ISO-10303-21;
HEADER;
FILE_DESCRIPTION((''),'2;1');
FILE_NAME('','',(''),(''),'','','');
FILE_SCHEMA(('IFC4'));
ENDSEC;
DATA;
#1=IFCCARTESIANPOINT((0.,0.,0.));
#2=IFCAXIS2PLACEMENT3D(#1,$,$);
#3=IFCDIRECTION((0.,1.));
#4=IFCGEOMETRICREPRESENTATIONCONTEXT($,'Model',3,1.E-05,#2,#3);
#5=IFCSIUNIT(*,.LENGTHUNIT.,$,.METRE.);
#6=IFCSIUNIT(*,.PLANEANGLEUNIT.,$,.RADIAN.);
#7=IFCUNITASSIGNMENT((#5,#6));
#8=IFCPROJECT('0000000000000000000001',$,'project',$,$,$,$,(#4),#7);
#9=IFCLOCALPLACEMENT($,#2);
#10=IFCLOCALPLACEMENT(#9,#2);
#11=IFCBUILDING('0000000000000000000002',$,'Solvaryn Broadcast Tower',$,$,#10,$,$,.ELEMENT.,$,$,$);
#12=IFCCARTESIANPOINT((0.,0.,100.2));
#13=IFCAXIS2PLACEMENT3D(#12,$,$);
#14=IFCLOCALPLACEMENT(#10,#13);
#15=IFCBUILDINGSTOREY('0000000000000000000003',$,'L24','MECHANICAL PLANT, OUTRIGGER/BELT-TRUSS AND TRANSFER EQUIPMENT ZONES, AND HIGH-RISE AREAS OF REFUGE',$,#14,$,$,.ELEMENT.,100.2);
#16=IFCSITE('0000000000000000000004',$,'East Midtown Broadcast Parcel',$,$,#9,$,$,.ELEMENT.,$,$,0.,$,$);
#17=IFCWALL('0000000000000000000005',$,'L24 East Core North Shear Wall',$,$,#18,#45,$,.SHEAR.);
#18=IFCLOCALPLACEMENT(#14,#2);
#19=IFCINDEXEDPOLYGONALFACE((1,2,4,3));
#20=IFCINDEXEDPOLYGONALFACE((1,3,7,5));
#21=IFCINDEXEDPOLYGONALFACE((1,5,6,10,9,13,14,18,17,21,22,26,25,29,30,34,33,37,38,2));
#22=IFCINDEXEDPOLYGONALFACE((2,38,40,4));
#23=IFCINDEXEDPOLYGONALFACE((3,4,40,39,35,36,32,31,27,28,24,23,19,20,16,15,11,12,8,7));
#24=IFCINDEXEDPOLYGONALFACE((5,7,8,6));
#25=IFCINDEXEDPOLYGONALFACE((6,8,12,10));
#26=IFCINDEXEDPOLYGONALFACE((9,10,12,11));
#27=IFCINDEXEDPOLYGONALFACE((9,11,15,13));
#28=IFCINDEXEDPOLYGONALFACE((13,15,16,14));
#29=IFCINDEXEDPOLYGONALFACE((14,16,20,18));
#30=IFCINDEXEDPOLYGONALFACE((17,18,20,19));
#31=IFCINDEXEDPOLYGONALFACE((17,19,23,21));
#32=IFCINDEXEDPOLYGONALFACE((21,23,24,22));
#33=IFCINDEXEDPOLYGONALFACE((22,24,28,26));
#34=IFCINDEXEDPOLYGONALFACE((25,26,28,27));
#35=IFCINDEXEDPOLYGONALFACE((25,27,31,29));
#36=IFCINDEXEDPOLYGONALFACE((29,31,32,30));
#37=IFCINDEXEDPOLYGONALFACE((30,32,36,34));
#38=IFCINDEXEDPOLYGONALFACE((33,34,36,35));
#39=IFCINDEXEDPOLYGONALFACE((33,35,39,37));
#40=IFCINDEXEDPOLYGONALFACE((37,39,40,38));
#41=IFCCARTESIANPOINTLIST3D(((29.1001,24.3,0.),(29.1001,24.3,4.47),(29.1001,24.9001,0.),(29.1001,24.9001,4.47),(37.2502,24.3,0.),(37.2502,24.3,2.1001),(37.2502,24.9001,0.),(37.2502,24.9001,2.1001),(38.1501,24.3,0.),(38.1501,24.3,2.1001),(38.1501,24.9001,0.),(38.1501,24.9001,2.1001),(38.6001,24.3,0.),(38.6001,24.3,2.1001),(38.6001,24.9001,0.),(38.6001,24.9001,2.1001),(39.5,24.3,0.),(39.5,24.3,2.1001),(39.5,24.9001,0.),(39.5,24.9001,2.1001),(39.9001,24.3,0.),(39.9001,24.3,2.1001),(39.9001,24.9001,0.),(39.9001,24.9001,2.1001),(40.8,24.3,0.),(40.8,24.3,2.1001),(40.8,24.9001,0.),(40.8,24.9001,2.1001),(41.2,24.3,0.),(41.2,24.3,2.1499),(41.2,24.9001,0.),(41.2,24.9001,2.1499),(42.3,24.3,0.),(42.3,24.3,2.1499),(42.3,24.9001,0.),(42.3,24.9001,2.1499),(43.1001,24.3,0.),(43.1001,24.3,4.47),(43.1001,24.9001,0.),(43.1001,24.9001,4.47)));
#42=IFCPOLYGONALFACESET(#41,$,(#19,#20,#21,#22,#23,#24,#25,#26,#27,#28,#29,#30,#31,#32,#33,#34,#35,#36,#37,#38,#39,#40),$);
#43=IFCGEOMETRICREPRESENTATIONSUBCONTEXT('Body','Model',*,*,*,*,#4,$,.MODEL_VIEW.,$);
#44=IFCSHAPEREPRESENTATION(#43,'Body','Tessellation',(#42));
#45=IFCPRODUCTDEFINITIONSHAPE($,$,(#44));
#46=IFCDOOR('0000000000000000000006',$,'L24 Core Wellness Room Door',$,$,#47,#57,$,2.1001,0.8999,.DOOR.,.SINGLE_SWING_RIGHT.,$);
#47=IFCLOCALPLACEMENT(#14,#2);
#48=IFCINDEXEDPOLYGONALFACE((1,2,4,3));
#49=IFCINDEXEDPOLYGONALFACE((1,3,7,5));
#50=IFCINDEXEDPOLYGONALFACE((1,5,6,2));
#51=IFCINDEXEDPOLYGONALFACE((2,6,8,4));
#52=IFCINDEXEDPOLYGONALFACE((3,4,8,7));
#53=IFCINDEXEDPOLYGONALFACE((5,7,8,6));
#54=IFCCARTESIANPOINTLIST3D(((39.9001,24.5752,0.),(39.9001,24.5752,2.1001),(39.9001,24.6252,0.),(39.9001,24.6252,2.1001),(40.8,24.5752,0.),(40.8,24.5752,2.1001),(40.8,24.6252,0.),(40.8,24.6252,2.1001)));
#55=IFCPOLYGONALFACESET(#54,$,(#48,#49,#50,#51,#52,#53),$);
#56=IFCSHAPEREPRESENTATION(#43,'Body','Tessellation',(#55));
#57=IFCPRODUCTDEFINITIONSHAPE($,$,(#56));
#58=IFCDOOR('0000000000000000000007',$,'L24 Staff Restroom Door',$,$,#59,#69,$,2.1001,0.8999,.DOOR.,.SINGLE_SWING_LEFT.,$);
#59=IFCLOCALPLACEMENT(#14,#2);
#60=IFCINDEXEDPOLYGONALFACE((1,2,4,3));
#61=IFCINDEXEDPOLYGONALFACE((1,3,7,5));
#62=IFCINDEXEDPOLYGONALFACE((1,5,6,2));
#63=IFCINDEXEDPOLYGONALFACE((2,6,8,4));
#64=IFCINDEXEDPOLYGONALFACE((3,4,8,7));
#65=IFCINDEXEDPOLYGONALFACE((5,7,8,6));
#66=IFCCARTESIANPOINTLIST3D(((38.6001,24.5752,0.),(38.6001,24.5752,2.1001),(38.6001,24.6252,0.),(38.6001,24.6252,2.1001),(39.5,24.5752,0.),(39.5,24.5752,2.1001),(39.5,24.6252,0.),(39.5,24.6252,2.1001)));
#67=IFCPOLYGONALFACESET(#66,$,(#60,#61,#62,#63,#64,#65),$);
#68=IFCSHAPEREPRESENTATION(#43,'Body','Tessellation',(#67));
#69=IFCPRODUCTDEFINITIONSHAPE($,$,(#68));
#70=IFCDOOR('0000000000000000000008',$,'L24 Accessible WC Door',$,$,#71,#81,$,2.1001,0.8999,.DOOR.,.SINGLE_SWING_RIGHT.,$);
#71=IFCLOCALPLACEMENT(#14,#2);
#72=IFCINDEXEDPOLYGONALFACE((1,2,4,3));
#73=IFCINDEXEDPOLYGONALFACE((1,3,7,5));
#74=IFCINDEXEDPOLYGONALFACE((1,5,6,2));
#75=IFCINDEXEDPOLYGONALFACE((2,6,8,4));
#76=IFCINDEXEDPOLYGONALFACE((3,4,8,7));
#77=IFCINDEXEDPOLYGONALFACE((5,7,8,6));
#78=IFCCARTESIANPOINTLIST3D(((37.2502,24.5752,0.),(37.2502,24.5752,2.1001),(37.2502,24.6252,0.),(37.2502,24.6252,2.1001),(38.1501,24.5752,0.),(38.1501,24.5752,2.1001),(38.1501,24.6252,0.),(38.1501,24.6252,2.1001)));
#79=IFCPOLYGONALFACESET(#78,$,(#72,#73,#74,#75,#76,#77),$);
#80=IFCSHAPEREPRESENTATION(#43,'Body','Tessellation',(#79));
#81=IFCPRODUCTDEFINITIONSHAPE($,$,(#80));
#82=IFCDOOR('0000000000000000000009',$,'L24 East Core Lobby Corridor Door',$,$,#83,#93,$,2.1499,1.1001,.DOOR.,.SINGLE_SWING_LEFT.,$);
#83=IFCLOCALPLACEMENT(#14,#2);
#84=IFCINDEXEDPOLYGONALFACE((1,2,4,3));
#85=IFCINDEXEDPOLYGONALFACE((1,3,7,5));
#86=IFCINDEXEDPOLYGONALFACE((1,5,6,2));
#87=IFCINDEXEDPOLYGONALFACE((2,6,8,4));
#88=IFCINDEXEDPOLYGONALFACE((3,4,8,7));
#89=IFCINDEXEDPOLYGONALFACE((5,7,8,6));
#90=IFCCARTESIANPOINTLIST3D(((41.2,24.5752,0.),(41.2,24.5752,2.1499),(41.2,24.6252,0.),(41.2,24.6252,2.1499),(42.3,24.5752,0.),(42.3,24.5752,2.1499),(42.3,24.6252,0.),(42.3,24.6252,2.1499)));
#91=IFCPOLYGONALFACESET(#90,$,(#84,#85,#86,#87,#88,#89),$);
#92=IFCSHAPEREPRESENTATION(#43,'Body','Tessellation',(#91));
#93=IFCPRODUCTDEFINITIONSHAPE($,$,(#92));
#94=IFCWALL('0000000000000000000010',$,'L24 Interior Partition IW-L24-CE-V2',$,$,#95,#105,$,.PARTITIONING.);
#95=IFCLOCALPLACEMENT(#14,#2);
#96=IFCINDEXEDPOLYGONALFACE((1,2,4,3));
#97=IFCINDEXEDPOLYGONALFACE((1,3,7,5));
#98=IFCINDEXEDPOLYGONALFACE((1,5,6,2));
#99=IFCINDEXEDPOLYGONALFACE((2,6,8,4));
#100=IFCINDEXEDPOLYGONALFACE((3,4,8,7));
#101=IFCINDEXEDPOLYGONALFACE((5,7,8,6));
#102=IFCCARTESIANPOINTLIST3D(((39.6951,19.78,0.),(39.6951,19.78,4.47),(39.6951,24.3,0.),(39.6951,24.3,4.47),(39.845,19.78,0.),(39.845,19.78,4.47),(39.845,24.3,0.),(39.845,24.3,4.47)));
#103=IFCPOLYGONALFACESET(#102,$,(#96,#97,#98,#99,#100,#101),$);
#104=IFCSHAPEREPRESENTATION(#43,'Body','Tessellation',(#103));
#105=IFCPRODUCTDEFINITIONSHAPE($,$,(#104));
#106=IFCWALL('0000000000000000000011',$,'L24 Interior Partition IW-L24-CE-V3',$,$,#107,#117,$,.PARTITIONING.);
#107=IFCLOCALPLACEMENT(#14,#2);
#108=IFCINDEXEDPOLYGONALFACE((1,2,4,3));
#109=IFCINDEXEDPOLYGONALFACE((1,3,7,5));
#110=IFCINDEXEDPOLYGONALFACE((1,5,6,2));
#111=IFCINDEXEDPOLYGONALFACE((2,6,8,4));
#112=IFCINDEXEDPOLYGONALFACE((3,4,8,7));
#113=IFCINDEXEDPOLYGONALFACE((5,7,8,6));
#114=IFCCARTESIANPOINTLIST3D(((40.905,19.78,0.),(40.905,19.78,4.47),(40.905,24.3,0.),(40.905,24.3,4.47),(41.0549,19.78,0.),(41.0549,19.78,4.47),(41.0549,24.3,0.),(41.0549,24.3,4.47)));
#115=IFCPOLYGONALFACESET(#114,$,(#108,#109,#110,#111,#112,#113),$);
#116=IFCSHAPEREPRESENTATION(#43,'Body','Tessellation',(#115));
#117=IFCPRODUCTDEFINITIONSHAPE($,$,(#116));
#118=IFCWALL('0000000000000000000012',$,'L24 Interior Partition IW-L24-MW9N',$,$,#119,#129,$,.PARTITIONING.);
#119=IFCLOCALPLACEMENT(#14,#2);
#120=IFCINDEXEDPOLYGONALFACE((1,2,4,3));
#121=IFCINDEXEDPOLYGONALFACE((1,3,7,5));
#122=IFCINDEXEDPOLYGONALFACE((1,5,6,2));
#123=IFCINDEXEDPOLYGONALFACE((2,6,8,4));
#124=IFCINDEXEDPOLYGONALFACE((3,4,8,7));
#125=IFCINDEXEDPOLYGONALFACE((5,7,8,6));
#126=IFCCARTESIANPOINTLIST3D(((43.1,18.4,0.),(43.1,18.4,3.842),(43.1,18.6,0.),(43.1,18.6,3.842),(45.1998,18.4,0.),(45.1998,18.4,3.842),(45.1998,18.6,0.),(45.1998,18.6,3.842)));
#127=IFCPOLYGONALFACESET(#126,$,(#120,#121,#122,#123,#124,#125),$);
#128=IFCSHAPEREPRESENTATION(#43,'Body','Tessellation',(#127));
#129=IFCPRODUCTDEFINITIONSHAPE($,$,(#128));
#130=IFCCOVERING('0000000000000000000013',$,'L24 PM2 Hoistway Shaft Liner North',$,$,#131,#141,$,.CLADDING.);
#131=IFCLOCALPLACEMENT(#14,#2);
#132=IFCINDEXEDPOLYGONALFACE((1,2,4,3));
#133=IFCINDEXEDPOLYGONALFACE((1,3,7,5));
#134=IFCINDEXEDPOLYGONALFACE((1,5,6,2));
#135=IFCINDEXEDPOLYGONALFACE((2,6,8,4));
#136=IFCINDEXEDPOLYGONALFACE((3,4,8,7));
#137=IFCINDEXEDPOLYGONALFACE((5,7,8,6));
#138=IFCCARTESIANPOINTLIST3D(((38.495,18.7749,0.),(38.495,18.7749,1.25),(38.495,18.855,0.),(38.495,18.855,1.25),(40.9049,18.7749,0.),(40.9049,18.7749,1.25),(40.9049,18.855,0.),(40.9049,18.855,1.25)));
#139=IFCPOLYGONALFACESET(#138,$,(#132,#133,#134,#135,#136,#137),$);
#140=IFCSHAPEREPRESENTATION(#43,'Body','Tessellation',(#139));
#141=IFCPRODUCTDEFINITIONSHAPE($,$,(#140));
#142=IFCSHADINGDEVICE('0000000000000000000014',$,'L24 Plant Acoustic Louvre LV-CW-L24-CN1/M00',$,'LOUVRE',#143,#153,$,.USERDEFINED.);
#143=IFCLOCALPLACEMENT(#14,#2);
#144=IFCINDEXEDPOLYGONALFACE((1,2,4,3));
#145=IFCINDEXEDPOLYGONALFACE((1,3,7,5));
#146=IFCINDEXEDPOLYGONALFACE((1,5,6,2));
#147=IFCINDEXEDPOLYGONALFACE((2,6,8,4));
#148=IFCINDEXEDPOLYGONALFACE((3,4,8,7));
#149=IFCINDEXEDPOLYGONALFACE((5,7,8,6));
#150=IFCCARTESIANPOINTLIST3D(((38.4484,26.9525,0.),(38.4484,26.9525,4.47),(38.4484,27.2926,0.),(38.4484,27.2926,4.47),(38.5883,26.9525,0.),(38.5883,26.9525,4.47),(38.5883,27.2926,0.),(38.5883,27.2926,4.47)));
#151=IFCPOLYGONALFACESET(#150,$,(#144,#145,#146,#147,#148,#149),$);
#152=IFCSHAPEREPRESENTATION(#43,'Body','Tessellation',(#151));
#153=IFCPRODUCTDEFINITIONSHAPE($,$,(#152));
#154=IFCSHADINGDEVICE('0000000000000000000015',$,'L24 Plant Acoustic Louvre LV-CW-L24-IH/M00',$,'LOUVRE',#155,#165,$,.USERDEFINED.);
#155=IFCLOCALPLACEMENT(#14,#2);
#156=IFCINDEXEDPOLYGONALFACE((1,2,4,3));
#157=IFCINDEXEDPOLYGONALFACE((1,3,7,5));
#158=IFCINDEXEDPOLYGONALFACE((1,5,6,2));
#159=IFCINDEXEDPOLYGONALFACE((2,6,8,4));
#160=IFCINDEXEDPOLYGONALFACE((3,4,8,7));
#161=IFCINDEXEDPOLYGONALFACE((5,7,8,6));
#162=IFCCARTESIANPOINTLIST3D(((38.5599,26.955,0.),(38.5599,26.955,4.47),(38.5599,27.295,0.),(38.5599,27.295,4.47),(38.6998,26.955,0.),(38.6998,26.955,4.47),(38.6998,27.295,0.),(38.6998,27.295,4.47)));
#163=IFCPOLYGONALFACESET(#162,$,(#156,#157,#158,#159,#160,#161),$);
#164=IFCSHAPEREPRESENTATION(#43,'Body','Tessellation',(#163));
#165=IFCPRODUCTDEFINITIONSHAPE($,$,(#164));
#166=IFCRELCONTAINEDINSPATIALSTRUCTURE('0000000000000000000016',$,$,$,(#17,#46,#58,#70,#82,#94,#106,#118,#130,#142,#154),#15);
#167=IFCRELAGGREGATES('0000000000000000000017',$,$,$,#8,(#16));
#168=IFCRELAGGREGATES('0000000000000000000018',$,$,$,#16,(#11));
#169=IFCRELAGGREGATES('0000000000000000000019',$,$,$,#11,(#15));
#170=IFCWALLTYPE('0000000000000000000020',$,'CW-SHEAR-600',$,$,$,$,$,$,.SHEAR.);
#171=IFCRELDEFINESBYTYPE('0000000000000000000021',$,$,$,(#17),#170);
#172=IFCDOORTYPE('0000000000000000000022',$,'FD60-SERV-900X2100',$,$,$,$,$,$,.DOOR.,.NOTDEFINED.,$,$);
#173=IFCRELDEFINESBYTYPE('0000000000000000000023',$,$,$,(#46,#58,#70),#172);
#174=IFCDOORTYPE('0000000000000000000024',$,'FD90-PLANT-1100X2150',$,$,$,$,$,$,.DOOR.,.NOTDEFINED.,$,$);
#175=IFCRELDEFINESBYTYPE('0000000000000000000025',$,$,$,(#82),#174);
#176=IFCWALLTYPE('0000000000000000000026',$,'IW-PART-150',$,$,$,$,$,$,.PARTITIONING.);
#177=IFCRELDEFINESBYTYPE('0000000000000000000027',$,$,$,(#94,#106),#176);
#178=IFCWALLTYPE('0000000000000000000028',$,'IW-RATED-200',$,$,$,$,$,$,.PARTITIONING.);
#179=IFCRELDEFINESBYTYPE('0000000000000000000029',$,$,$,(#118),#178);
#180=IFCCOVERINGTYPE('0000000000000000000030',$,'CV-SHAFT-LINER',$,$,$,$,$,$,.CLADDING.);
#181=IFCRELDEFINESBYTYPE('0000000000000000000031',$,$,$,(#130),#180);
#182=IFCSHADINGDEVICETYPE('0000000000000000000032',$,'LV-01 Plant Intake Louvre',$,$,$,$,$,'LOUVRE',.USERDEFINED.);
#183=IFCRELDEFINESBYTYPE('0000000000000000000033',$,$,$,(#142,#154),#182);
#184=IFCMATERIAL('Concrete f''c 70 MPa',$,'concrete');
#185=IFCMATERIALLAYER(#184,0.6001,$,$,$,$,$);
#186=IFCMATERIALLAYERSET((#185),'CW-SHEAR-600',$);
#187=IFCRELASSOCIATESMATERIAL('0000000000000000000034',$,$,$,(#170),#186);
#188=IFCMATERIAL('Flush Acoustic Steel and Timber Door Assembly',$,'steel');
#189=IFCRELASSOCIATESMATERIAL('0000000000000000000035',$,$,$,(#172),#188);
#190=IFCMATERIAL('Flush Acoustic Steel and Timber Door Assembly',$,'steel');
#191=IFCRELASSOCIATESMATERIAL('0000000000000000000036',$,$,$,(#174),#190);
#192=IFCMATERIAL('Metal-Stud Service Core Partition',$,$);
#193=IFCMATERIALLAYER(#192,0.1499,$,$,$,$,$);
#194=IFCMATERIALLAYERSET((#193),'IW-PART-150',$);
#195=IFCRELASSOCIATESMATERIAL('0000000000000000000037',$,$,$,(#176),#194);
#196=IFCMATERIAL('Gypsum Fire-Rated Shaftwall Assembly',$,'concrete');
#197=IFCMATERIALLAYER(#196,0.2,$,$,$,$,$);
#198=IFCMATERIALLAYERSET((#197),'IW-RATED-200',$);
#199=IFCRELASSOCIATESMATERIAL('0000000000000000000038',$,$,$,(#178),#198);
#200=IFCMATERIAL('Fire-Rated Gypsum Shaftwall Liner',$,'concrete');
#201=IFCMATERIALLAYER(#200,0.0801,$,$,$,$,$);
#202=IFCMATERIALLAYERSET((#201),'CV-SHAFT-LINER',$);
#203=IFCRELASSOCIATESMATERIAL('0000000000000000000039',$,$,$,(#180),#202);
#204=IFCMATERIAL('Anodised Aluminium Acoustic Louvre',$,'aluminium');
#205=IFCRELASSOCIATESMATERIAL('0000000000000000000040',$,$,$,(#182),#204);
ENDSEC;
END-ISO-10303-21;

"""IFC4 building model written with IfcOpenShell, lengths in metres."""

from ifc_helpers import new_model, si_unit, direction, frame, frame_2d, origin, origin_2d, place, context, subcontext, project, spatial, rectangle, extrude, material, layer, layer_set, type_object, element, fill, save


model = new_model("IFC4")

# Units and contexts
model_context = context("Model", 3, precision=1e-05, world=origin(), true_north=direction((0.0, 1.0)))
body_context = subcontext(model_context, "Body", "Model", "MODEL_VIEW")
ifc_project = project(units=[si_unit("LENGTHUNIT", "METRE"), si_unit("PLANEANGLEUNIT", "RADIAN")], contexts=[model_context])

# Site, building, storey
site_placement = place(None, origin())
site = spatial("IfcSite", under=ifc_project, at=site_placement, Name="East Midtown Broadcast Parcel", CompositionType="ELEMENT", RefElevation=0.0)
building_placement = place(site_placement, origin())
building = spatial("IfcBuilding", under=site, at=building_placement, Name="Solvaryn Broadcast Tower", CompositionType="ELEMENT")
storey_placement = place(building_placement, frame((0.0, 0.0, 100.2)))
storey = spatial("IfcBuildingStorey", under=building, at=storey_placement, Name="L24", Description="MECHANICAL PLANT, OUTRIGGER/BELT-TRUSS AND TRANSFER EQUIPMENT ZONES, AND HIGH-RISE AREAS OF REFUGE", CompositionType="ELEMENT", Elevation=100.2)

# Wall, openings, doors
ifc_material_1 = material(Name="Concrete f'c 70 MPa", Category="concrete")
ifc_layer_1 = layer(ifc_material_1, 0.6001)
ifc_layer_set_1 = layer_set([ifc_layer_1], Name="CW-SHEAR-600")
wall_type_1 = type_object("IfcWallType", Name="CW-SHEAR-600", PredefinedType="SHEAR", material=ifc_layer_set_1)
wall_1_placement = place(storey_placement, frame((43.1001, 24.6001, 0.0), z_axis=(0.0, 0.0, 1.0), x_axis=(-1.0, 0.0, 0.0)))
wall_1 = element("IfcWall", 1, at=wall_1_placement, inside=storey, type_object=wall_type_1, Name="L24 East Core North Shear Wall", PredefinedType="SHEAR", context=body_context, shape_type="SweptSolid", body=[
    extrude(rectangle(XDim=14.0, YDim=0.6001, at=frame_2d((7.0, 0.0))), origin(), (0.0, 0.0, 1.0), 4.47),
])
opening_1_placement = place(wall_1_placement, frame((0.8, 0.0, 0.0)))
opening_1 = element("IfcOpeningElement", 2, at=opening_1_placement, cuts=wall_1, PredefinedType="OPENING", context=body_context, shape_type="SweptSolid", body=[
    extrude(rectangle(XDim=1.1001, YDim=2.1499, at=frame_2d((0.55, 1.075))), frame((0.0, 0.3101, 0.0), z_axis=(0.0, -1.0, 0.0), x_axis=(1.0, 0.0, 0.0)), (0.0, 0.0, 1.0), 0.6201),
])
opening_2_placement = place(wall_1_placement, frame((2.3, 0.0, 0.0)))
opening_2 = element("IfcOpeningElement", 3, at=opening_2_placement, cuts=wall_1, PredefinedType="OPENING", context=body_context, shape_type="SweptSolid", body=[
    extrude(rectangle(XDim=0.8999, YDim=2.1001, at=frame_2d((0.45, 1.05))), frame((0.0, 0.3101, 0.0), z_axis=(0.0, -1.0, 0.0), x_axis=(1.0, 0.0, 0.0)), (0.0, 0.0, 1.0), 0.6201),
])
opening_3_placement = place(wall_1_placement, frame((3.6001, 0.0, 0.0)))
opening_3 = element("IfcOpeningElement", 4, at=opening_3_placement, cuts=wall_1, PredefinedType="OPENING", context=body_context, shape_type="SweptSolid", body=[
    extrude(rectangle(XDim=0.8999, YDim=2.1001, at=frame_2d((0.45, 1.05))), frame((0.0, 0.3101, 0.0), z_axis=(0.0, -1.0, 0.0), x_axis=(1.0, 0.0, 0.0)), (0.0, 0.0, 1.0), 0.6201),
])
opening_4_placement = place(wall_1_placement, frame((4.95, 0.0, 0.0)))
opening_4 = element("IfcOpeningElement", 5, at=opening_4_placement, cuts=wall_1, PredefinedType="OPENING", context=body_context, shape_type="SweptSolid", body=[
    extrude(rectangle(XDim=0.8999, YDim=2.1001, at=frame_2d((0.45, 1.05))), frame((0.0, 0.3101, 0.0), z_axis=(0.0, -1.0, 0.0), x_axis=(1.0, 0.0, 0.0)), (0.0, 0.0, 1.0), 0.6201),
])
ifc_material_2 = material(Name="Flush Acoustic Steel and Timber Door Assembly", Category="steel")
door_type_1 = type_object("IfcDoorType", Name="FD60-SERV-900X2100", OperationType="NOTDEFINED", PredefinedType="DOOR", material=ifc_material_2)
door_1_placement = place(opening_2_placement, origin())
door_1 = element("IfcDoor", 6, at=door_1_placement, inside=storey, type_object=door_type_1, Name="L24 Core Wellness Room Door", OperationType="SINGLE_SWING_RIGHT", OverallHeight=2.1001, OverallWidth=0.8999, PredefinedType="DOOR", context=body_context, shape_type="SweptSolid", body=[
    extrude(rectangle(XDim=0.8999, YDim=2.1001, at=frame_2d((0.45, 1.05))), frame((0.0, 0.0249, 0.0), z_axis=(0.0, -1.0, 0.0), x_axis=(1.0, 0.0, 0.0)), (0.0, 0.0, 1.0), 0.05),
])
fill(opening_2, door_1)
door_2_placement = place(opening_3_placement, origin())
door_2 = element("IfcDoor", 7, at=door_2_placement, inside=storey, type_object=door_type_1, Name="L24 Staff Restroom Door", OperationType="SINGLE_SWING_LEFT", OverallHeight=2.1001, OverallWidth=0.8999, PredefinedType="DOOR", context=body_context, shape_type="SweptSolid", body=[
    extrude(rectangle(XDim=0.8999, YDim=2.1001, at=frame_2d((0.45, 1.05))), frame((0.0, 0.0249, 0.0), z_axis=(0.0, -1.0, 0.0), x_axis=(1.0, 0.0, 0.0)), (0.0, 0.0, 1.0), 0.05),
])
fill(opening_3, door_2)
door_3_placement = place(opening_4_placement, origin())
door_3 = element("IfcDoor", 8, at=door_3_placement, inside=storey, type_object=door_type_1, Name="L24 Accessible WC Door", OperationType="SINGLE_SWING_RIGHT", OverallHeight=2.1001, OverallWidth=0.8999, PredefinedType="DOOR", context=body_context, shape_type="SweptSolid", body=[
    extrude(rectangle(XDim=0.8999, YDim=2.1001, at=frame_2d((0.45, 1.05))), frame((0.0, 0.0249, 0.0), z_axis=(0.0, -1.0, 0.0), x_axis=(1.0, 0.0, 0.0)), (0.0, 0.0, 1.0), 0.05),
])
fill(opening_4, door_3)
ifc_material_3 = material(Name="Flush Acoustic Steel and Timber Door Assembly", Category="steel")
door_type_2 = type_object("IfcDoorType", Name="FD90-PLANT-1100X2150", OperationType="NOTDEFINED", PredefinedType="DOOR", material=ifc_material_3)
door_4_placement = place(opening_1_placement, origin())
door_4 = element("IfcDoor", 9, at=door_4_placement, inside=storey, type_object=door_type_2, Name="L24 East Core Lobby Corridor Door", OperationType="SINGLE_SWING_LEFT", OverallHeight=2.1499, OverallWidth=1.1001, PredefinedType="DOOR", context=body_context, shape_type="SweptSolid", body=[
    extrude(rectangle(XDim=1.1001, YDim=2.1499, at=frame_2d((0.55, 1.075))), frame((0.0, 0.0249, 0.0), z_axis=(0.0, -1.0, 0.0), x_axis=(1.0, 0.0, 0.0)), (0.0, 0.0, 1.0), 0.05),
])
fill(opening_1, door_4)

# Walls
ifc_material_4 = material(Name="Metal-Stud Service Core Partition")
ifc_layer_2 = layer(ifc_material_4, 0.1499)
ifc_layer_set_2 = layer_set([ifc_layer_2], Name="IW-PART-150")
wall_type_2 = type_object("IfcWallType", Name="IW-PART-150", PredefinedType="PARTITIONING", material=ifc_layer_set_2)
for number, where, z_axis, x_axis, name in (
    (10, (39.77, 19.78, 0.0), (0.0, 0.0, 1.0), (0.0, 1.0, 0.0), "L24 Interior Partition IW-L24-CE-V2"),
    (11, (40.98, 19.78, 0.0), (0.0, 0.0, 1.0), (0.0, 1.0, 0.0), "L24 Interior Partition IW-L24-CE-V3"),
):
    element("IfcWall", number, at=place(storey_placement, frame(where, z_axis=z_axis, x_axis=x_axis)), inside=storey, type_object=wall_type_2, Name=name, PredefinedType="PARTITIONING", context=body_context, shape_type="SweptSolid", body=[
        extrude(rectangle(XDim=4.52, YDim=0.1499, at=frame_2d((2.26, 0.0))), origin(), (0.0, 0.0, 1.0), 4.47),
    ])

# Shared definitions
ifc_material_5 = material(Name="Gypsum Fire-Rated Shaftwall Assembly", Category="concrete")
ifc_layer_3 = layer(ifc_material_5, 0.2)
ifc_layer_set_3 = layer_set([ifc_layer_3], Name="IW-RATED-200")
wall_type_3 = type_object("IfcWallType", Name="IW-RATED-200", PredefinedType="PARTITIONING", material=ifc_layer_set_3)

# Wall
wall_2_placement = place(storey_placement, frame((43.1001, 18.5, 0.0), z_axis=(0.0, 0.0, 1.0), x_axis=(1.0, 0.0, 0.0)))
element("IfcWall", 12, at=wall_2_placement, inside=storey, type_object=wall_type_3, Name="L24 Interior Partition IW-L24-MW9N", PredefinedType="PARTITIONING", context=body_context, shape_type="SweptSolid", body=[
    extrude(rectangle(XDim=2.0999, YDim=0.2, at=frame_2d((1.0498, 0.0))), origin(), (0.0, 0.0, 1.0), 3.842),
])

# Covering
ifc_material_6 = material(Name="Fire-Rated Gypsum Shaftwall Liner", Category="concrete")
ifc_layer_4 = layer(ifc_material_6, 0.0801)
ifc_layer_set_4 = layer_set([ifc_layer_4], Name="CV-SHAFT-LINER")
covering_type = type_object("IfcCoveringType", Name="CV-SHAFT-LINER", PredefinedType="CLADDING", material=ifc_layer_set_4)
covering_placement = place(storey_placement, frame((39.7, 18.8149, 0.0), z_axis=(0.0, 0.0, 1.0), x_axis=(1.0, 0.0, 0.0)))
element("IfcCovering", 13, at=covering_placement, inside=storey, type_object=covering_type, Name="L24 PM2 Hoistway Shaft Liner North", PredefinedType="CLADDING", context=body_context, shape_type="SweptSolid", body=[
    extrude(rectangle(XDim=2.4099, YDim=0.0801, at=origin_2d()), origin(), (0.0, 0.0, 1.0), 1.25),
])

# Shading devices
ifc_material_7 = material(Name="Anodised Aluminium Acoustic Louvre", Category="aluminium")
shading_device_type = type_object("IfcShadingDeviceType", Name="LV-01 Plant Intake Louvre", ElementType="LOUVRE", PredefinedType="USERDEFINED", material=ifc_material_7)
for number, where, z_axis, x_axis, name in (
    (14, (38.5183, 27.1226, 0.0), (0.0, 0.0, 1.0), (1.0, 0.0, 0.0), "L24 Plant Acoustic Louvre LV-CW-L24-CN1/M00"),
    (15, (38.6299, 27.125, 0.0), (0.0, 0.0, 1.0), (1.0, 0.0, 0.0), "L24 Plant Acoustic Louvre LV-CW-L24-IH/M00"),
):
    element("IfcShadingDevice", number, at=place(storey_placement, frame(where, z_axis=z_axis, x_axis=x_axis)), inside=storey, type_object=shading_device_type, Name=name, ObjectType="LOUVRE", PredefinedType="USERDEFINED", context=body_context, shape_type="SweptSolid", body=[
        extrude(rectangle(XDim=0.1399, YDim=0.3401, at=origin_2d()), origin(), (0.0, 0.0, 1.0), 4.47),
    ])

save(model, "model.ifc")
